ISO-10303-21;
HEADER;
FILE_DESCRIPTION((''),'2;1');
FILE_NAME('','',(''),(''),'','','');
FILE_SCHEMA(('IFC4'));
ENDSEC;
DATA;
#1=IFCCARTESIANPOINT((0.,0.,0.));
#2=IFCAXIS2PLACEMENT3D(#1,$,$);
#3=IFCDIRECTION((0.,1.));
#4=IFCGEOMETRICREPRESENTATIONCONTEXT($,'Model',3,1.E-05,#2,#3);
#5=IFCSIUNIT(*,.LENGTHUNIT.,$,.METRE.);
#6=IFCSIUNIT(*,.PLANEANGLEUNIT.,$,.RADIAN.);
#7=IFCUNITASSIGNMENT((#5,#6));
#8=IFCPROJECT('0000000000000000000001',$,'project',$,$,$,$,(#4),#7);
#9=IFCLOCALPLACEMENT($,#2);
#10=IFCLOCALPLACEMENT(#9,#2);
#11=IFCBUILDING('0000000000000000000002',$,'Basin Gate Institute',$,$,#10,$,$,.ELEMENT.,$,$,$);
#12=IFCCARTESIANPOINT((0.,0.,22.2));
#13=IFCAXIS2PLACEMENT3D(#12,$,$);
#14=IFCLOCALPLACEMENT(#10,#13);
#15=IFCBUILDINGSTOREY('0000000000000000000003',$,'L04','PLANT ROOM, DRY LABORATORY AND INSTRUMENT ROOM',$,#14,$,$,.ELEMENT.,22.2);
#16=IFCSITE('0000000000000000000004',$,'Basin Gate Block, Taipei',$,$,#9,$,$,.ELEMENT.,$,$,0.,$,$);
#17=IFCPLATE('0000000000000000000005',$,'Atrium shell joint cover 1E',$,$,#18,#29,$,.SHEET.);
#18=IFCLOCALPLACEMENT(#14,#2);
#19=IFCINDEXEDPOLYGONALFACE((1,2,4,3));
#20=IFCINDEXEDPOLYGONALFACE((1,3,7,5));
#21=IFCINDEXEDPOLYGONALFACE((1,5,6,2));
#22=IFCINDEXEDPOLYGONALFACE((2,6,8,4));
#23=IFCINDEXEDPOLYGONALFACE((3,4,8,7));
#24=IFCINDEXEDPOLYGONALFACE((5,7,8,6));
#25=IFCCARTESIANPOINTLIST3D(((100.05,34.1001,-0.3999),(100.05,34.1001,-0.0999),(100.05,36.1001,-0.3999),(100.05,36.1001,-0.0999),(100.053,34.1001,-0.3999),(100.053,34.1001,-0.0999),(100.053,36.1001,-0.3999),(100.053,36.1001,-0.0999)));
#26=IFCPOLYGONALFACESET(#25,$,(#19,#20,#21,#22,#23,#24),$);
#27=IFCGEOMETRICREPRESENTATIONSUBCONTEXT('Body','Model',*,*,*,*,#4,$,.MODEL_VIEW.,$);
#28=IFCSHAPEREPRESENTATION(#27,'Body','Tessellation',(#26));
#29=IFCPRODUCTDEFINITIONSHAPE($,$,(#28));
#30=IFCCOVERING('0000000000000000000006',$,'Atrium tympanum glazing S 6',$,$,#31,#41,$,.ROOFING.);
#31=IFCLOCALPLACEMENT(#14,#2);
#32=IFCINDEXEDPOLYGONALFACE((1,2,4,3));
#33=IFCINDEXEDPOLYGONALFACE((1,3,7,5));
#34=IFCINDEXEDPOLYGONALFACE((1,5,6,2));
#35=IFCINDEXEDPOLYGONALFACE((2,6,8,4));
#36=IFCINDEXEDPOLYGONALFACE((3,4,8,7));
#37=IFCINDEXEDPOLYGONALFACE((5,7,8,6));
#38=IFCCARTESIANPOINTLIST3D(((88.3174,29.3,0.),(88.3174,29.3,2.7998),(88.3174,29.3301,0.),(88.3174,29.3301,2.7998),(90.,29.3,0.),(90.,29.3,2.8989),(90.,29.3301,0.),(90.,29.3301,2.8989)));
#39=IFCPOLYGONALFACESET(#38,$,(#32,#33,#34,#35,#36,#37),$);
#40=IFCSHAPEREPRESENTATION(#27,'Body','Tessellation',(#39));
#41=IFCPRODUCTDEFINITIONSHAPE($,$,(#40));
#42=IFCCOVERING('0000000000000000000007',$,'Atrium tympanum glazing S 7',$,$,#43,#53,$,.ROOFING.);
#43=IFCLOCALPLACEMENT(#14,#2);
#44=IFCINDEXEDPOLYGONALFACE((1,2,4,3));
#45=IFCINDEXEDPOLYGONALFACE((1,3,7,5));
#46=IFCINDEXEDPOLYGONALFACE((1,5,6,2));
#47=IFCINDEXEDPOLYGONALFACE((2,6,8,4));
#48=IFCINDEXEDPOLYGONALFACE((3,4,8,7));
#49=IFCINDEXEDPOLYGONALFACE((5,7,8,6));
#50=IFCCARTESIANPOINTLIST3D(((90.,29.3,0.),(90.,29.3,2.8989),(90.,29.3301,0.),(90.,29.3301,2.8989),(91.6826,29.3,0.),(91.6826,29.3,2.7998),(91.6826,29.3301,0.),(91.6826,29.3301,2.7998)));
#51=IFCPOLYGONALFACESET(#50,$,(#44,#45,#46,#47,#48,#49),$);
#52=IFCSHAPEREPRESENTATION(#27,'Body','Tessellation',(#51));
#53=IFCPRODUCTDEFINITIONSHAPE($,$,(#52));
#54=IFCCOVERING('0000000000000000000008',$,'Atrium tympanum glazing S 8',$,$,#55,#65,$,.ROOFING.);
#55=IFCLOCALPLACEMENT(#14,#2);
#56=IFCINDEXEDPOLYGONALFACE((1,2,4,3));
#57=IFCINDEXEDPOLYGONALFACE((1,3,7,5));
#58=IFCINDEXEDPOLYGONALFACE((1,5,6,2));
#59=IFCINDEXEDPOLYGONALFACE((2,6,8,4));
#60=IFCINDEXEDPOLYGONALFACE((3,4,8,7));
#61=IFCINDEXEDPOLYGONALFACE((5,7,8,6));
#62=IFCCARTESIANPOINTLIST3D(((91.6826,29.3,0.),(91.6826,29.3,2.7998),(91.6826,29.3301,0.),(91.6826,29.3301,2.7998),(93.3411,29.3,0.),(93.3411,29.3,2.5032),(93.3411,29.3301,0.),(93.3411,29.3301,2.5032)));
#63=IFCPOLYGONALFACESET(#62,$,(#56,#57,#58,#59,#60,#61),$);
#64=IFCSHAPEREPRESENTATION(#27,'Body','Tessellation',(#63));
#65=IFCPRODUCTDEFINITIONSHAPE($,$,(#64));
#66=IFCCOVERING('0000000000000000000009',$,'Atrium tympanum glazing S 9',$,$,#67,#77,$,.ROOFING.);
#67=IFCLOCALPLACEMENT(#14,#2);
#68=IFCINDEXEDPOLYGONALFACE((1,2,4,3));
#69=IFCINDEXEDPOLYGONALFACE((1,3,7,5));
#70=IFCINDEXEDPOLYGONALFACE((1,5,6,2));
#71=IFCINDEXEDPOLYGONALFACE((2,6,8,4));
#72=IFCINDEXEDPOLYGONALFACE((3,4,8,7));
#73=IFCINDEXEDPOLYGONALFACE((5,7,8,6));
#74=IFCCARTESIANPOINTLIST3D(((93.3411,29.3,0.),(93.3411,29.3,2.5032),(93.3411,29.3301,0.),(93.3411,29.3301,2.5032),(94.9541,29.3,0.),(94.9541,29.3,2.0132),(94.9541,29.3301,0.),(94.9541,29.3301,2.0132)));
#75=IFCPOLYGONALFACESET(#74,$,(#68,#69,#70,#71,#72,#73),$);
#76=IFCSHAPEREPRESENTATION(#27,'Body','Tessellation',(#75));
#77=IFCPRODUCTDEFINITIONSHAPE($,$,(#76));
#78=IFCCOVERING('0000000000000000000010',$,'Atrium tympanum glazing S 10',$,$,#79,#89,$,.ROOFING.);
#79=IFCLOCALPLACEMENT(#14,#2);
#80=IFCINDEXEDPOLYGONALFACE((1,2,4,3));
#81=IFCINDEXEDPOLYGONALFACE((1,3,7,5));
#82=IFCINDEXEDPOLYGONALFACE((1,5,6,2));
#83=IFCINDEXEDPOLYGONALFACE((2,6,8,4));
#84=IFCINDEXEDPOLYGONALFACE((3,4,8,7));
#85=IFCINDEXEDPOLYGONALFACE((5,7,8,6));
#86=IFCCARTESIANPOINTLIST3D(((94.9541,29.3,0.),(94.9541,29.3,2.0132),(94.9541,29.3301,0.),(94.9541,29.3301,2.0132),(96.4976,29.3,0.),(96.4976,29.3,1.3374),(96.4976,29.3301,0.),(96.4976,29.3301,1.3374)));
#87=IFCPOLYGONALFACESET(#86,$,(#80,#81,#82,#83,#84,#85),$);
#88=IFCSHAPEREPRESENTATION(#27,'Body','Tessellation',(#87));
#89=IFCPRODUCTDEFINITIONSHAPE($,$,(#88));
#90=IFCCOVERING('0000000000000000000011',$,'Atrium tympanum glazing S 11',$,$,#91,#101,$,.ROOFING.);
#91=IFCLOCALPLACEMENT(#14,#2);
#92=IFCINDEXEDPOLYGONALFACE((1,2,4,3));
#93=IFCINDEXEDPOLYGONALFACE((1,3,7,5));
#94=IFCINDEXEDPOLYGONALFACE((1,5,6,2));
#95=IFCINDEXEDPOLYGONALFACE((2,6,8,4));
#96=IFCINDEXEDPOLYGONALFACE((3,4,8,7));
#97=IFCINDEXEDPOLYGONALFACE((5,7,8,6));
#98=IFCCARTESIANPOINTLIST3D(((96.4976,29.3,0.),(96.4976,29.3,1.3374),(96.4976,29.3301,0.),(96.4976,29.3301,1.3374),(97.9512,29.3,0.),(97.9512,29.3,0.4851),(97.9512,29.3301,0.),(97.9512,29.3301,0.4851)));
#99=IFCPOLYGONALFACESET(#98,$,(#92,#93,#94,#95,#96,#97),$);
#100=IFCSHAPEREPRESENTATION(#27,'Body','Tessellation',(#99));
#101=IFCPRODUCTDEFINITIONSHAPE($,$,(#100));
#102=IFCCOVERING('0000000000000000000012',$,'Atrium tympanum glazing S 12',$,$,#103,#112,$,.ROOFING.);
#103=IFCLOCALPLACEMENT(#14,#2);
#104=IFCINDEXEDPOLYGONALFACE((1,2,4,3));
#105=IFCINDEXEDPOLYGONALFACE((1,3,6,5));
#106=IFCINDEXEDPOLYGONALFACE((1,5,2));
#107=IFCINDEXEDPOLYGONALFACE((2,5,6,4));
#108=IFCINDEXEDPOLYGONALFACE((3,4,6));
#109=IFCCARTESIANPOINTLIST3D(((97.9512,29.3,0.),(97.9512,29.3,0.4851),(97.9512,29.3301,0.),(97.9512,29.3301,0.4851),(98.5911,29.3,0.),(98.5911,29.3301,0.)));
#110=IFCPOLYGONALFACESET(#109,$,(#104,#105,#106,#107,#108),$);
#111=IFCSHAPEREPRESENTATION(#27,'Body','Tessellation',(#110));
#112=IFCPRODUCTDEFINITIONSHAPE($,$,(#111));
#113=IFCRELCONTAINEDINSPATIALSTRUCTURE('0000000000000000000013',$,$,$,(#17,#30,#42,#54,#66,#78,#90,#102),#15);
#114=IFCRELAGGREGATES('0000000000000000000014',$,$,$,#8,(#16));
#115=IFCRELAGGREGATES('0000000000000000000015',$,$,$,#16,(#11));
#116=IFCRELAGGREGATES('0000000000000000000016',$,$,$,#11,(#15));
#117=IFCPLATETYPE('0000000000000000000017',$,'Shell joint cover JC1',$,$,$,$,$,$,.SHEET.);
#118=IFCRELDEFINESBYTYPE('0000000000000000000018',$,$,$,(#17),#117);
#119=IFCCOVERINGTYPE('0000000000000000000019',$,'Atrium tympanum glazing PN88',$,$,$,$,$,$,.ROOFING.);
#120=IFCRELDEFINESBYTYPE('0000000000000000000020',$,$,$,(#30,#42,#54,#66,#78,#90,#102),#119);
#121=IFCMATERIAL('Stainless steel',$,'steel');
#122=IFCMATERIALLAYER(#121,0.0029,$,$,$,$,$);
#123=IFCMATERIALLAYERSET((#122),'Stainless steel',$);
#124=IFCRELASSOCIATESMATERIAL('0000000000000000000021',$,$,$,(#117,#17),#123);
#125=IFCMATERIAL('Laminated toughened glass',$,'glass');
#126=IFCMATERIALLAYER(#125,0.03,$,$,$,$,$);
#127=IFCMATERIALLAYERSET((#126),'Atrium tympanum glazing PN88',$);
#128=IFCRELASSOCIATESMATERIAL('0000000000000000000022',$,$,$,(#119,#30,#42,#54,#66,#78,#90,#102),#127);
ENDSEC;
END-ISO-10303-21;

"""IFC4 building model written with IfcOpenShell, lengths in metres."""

from ifc_helpers import new_model, si_unit, direction, frame, origin, origin_2d, place, context, subcontext, project, spatial, polyline, rectangle, outline, extrude, material, layer, layer_set, type_object, element, save


model = new_model("IFC4")

# Units and contexts
model_context = context("Model", 3, precision=1e-05, world=origin(), true_north=direction((0.0, 1.0)))
body_context = subcontext(model_context, "Body", "Model", "MODEL_VIEW")
ifc_project = project(units=[si_unit("LENGTHUNIT", "METRE"), si_unit("PLANEANGLEUNIT", "RADIAN")], contexts=[model_context])

# Site, building, storey
site_placement = place(None, origin())
site = spatial("IfcSite", under=ifc_project, at=site_placement, Name="Basin Gate Block, Taipei", CompositionType="ELEMENT", RefElevation=0.0)
building_placement = place(site_placement, origin())
building = spatial("IfcBuilding", under=site, at=building_placement, Name="Basin Gate Institute", CompositionType="ELEMENT")
storey_placement = place(building_placement, frame((0.0, 0.0, 22.2)))
storey = spatial("IfcBuildingStorey", under=building, at=storey_placement, Name="L04", Description="PLANT ROOM, DRY LABORATORY AND INSTRUMENT ROOM", CompositionType="ELEMENT", Elevation=22.2)

# Plate
ifc_material_1 = material(Name="Stainless steel", Category="steel")
ifc_layer_1 = layer(ifc_material_1, 0.0029)
ifc_layer_set_1 = layer_set([ifc_layer_1], Name="Stainless steel")
plate_type = type_object("IfcPlateType", Name="Shell joint cover JC1", PredefinedType="SHEET", material=ifc_layer_set_1)
plate_placement = place(storey_placement, frame((100.0515, 35.1001, -0.3999), z_axis=(0.0, 0.0, 1.0), x_axis=(1.0, 0.0, 0.0)))
element("IfcPlate", 1, at=plate_placement, inside=storey, type_object=plate_type, material=ifc_layer_set_1, Name="Atrium shell joint cover 1E", PredefinedType="SHEET", context=body_context, shape_type="SweptSolid", body=[
    extrude(rectangle(XDim=0.0029, YDim=2.0, at=origin_2d()), origin(), (0.0, 0.0, 1.0), 0.3),
])

# Coverings
ifc_material_2 = material(Name="Laminated toughened glass", Category="glass")
ifc_layer_2 = layer(ifc_material_2, 0.03)
ifc_layer_set_2 = layer_set([ifc_layer_2], Name="Atrium tympanum glazing PN88")
covering_type = type_object("IfcCoveringType", Name="Atrium tympanum glazing PN88", PredefinedType="ROOFING", material=ifc_layer_set_2)
covering_1_placement = place(storey_placement, frame((88.3174, 29.3, 0.0), z_axis=(0.0, -1.0, 0.0), x_axis=(1.0, 0.0, 0.0)))
element("IfcCovering", 2, at=covering_1_placement, inside=storey, type_object=covering_type, material=ifc_layer_set_2, Name="Atrium tympanum glazing S 6", PredefinedType="ROOFING", context=body_context, shape_type="SweptSolid", body=[
    extrude(outline(polyline([(0.0, 0.0), (1.6826, 0.0), (1.6826, 2.8989), (0.0, 2.7998), (0.0, 0.0)])), origin(), (0.0, 0.0, -1.0), 0.03),
])
covering_2_placement = place(storey_placement, frame((90.0, 29.3, 0.0), z_axis=(0.0, -1.0, 0.0), x_axis=(1.0, 0.0, 0.0)))
element("IfcCovering", 3, at=covering_2_placement, inside=storey, type_object=covering_type, material=ifc_layer_set_2, Name="Atrium tympanum glazing S 7", PredefinedType="ROOFING", context=body_context, shape_type="SweptSolid", body=[
    extrude(outline(polyline([(0.0, 0.0), (1.6826, 0.0), (1.6826, 2.7998), (0.0, 2.8989), (0.0, 0.0)])), origin(), (0.0, 0.0, -1.0), 0.03),
])
covering_3_placement = place(storey_placement, frame((91.6826, 29.3, 0.0), z_axis=(0.0, -1.0, 0.0), x_axis=(1.0, 0.0, 0.0)))
element("IfcCovering", 4, at=covering_3_placement, inside=storey, type_object=covering_type, material=ifc_layer_set_2, Name="Atrium tympanum glazing S 8", PredefinedType="ROOFING", context=body_context, shape_type="SweptSolid", body=[
    extrude(outline(polyline([(0.0, 0.0), (1.6584, 0.0), (1.6584, 2.5032), (0.0, 2.7998), (0.0, 0.0)])), origin(), (0.0, 0.0, -1.0), 0.03),
])
covering_4_placement = place(storey_placement, frame((93.3411, 29.3, 0.0), z_axis=(0.0, -1.0, 0.0), x_axis=(1.0, 0.0, 0.0)))
element("IfcCovering", 5, at=covering_4_placement, inside=storey, type_object=covering_type, material=ifc_layer_set_2, Name="Atrium tympanum glazing S 9", PredefinedType="ROOFING", context=body_context, shape_type="SweptSolid", body=[
    extrude(outline(polyline([(0.0, 0.0), (1.613, 0.0), (1.613, 2.0132), (0.0, 2.5032), (0.0, 0.0)])), origin(), (0.0, 0.0, -1.0), 0.03),
])
covering_5_placement = place(storey_placement, frame((94.9541, 29.3, 0.0), z_axis=(0.0, -1.0, 0.0), x_axis=(1.0, 0.0, 0.0)))
element("IfcCovering", 6, at=covering_5_placement, inside=storey, type_object=covering_type, material=ifc_layer_set_2, Name="Atrium tympanum glazing S 10", PredefinedType="ROOFING", context=body_context, shape_type="SweptSolid", body=[
    extrude(outline(polyline([(0.0, 0.0), (1.5435, 0.0), (1.5435, 1.3374), (0.0, 2.0132), (0.0, 0.0)])), origin(), (0.0, 0.0, -1.0), 0.03),
])
covering_6_placement = place(storey_placement, frame((96.4976, 29.3, 0.0), z_axis=(0.0, -1.0, 0.0), x_axis=(1.0, 0.0, 0.0)))
element("IfcCovering", 7, at=covering_6_placement, inside=storey, type_object=covering_type, material=ifc_layer_set_2, Name="Atrium tympanum glazing S 11", PredefinedType="ROOFING", context=body_context, shape_type="SweptSolid", body=[
    extrude(outline(polyline([(0.0, 0.0), (1.4536, 0.0), (1.4536, 0.4851), (0.0, 1.3374), (0.0, 0.0)])), origin(), (0.0, 0.0, -1.0), 0.03),
])
covering_7_placement = place(storey_placement, frame((97.9512, 29.3, 0.0), z_axis=(0.0, -1.0, 0.0), x_axis=(1.0, 0.0, 0.0)))
element("IfcCovering", 8, at=covering_7_placement, inside=storey, type_object=covering_type, material=ifc_layer_set_2, Name="Atrium tympanum glazing S 12", PredefinedType="ROOFING", context=body_context, shape_type="SweptSolid", body=[
    extrude(outline(polyline([(0.0, 0.0), (0.6399, 0.0), (0.0, 0.4851), (0.0, 0.0)])), origin(), (0.0, 0.0, -1.0), 0.03),
])

save(model, "model.ifc")
